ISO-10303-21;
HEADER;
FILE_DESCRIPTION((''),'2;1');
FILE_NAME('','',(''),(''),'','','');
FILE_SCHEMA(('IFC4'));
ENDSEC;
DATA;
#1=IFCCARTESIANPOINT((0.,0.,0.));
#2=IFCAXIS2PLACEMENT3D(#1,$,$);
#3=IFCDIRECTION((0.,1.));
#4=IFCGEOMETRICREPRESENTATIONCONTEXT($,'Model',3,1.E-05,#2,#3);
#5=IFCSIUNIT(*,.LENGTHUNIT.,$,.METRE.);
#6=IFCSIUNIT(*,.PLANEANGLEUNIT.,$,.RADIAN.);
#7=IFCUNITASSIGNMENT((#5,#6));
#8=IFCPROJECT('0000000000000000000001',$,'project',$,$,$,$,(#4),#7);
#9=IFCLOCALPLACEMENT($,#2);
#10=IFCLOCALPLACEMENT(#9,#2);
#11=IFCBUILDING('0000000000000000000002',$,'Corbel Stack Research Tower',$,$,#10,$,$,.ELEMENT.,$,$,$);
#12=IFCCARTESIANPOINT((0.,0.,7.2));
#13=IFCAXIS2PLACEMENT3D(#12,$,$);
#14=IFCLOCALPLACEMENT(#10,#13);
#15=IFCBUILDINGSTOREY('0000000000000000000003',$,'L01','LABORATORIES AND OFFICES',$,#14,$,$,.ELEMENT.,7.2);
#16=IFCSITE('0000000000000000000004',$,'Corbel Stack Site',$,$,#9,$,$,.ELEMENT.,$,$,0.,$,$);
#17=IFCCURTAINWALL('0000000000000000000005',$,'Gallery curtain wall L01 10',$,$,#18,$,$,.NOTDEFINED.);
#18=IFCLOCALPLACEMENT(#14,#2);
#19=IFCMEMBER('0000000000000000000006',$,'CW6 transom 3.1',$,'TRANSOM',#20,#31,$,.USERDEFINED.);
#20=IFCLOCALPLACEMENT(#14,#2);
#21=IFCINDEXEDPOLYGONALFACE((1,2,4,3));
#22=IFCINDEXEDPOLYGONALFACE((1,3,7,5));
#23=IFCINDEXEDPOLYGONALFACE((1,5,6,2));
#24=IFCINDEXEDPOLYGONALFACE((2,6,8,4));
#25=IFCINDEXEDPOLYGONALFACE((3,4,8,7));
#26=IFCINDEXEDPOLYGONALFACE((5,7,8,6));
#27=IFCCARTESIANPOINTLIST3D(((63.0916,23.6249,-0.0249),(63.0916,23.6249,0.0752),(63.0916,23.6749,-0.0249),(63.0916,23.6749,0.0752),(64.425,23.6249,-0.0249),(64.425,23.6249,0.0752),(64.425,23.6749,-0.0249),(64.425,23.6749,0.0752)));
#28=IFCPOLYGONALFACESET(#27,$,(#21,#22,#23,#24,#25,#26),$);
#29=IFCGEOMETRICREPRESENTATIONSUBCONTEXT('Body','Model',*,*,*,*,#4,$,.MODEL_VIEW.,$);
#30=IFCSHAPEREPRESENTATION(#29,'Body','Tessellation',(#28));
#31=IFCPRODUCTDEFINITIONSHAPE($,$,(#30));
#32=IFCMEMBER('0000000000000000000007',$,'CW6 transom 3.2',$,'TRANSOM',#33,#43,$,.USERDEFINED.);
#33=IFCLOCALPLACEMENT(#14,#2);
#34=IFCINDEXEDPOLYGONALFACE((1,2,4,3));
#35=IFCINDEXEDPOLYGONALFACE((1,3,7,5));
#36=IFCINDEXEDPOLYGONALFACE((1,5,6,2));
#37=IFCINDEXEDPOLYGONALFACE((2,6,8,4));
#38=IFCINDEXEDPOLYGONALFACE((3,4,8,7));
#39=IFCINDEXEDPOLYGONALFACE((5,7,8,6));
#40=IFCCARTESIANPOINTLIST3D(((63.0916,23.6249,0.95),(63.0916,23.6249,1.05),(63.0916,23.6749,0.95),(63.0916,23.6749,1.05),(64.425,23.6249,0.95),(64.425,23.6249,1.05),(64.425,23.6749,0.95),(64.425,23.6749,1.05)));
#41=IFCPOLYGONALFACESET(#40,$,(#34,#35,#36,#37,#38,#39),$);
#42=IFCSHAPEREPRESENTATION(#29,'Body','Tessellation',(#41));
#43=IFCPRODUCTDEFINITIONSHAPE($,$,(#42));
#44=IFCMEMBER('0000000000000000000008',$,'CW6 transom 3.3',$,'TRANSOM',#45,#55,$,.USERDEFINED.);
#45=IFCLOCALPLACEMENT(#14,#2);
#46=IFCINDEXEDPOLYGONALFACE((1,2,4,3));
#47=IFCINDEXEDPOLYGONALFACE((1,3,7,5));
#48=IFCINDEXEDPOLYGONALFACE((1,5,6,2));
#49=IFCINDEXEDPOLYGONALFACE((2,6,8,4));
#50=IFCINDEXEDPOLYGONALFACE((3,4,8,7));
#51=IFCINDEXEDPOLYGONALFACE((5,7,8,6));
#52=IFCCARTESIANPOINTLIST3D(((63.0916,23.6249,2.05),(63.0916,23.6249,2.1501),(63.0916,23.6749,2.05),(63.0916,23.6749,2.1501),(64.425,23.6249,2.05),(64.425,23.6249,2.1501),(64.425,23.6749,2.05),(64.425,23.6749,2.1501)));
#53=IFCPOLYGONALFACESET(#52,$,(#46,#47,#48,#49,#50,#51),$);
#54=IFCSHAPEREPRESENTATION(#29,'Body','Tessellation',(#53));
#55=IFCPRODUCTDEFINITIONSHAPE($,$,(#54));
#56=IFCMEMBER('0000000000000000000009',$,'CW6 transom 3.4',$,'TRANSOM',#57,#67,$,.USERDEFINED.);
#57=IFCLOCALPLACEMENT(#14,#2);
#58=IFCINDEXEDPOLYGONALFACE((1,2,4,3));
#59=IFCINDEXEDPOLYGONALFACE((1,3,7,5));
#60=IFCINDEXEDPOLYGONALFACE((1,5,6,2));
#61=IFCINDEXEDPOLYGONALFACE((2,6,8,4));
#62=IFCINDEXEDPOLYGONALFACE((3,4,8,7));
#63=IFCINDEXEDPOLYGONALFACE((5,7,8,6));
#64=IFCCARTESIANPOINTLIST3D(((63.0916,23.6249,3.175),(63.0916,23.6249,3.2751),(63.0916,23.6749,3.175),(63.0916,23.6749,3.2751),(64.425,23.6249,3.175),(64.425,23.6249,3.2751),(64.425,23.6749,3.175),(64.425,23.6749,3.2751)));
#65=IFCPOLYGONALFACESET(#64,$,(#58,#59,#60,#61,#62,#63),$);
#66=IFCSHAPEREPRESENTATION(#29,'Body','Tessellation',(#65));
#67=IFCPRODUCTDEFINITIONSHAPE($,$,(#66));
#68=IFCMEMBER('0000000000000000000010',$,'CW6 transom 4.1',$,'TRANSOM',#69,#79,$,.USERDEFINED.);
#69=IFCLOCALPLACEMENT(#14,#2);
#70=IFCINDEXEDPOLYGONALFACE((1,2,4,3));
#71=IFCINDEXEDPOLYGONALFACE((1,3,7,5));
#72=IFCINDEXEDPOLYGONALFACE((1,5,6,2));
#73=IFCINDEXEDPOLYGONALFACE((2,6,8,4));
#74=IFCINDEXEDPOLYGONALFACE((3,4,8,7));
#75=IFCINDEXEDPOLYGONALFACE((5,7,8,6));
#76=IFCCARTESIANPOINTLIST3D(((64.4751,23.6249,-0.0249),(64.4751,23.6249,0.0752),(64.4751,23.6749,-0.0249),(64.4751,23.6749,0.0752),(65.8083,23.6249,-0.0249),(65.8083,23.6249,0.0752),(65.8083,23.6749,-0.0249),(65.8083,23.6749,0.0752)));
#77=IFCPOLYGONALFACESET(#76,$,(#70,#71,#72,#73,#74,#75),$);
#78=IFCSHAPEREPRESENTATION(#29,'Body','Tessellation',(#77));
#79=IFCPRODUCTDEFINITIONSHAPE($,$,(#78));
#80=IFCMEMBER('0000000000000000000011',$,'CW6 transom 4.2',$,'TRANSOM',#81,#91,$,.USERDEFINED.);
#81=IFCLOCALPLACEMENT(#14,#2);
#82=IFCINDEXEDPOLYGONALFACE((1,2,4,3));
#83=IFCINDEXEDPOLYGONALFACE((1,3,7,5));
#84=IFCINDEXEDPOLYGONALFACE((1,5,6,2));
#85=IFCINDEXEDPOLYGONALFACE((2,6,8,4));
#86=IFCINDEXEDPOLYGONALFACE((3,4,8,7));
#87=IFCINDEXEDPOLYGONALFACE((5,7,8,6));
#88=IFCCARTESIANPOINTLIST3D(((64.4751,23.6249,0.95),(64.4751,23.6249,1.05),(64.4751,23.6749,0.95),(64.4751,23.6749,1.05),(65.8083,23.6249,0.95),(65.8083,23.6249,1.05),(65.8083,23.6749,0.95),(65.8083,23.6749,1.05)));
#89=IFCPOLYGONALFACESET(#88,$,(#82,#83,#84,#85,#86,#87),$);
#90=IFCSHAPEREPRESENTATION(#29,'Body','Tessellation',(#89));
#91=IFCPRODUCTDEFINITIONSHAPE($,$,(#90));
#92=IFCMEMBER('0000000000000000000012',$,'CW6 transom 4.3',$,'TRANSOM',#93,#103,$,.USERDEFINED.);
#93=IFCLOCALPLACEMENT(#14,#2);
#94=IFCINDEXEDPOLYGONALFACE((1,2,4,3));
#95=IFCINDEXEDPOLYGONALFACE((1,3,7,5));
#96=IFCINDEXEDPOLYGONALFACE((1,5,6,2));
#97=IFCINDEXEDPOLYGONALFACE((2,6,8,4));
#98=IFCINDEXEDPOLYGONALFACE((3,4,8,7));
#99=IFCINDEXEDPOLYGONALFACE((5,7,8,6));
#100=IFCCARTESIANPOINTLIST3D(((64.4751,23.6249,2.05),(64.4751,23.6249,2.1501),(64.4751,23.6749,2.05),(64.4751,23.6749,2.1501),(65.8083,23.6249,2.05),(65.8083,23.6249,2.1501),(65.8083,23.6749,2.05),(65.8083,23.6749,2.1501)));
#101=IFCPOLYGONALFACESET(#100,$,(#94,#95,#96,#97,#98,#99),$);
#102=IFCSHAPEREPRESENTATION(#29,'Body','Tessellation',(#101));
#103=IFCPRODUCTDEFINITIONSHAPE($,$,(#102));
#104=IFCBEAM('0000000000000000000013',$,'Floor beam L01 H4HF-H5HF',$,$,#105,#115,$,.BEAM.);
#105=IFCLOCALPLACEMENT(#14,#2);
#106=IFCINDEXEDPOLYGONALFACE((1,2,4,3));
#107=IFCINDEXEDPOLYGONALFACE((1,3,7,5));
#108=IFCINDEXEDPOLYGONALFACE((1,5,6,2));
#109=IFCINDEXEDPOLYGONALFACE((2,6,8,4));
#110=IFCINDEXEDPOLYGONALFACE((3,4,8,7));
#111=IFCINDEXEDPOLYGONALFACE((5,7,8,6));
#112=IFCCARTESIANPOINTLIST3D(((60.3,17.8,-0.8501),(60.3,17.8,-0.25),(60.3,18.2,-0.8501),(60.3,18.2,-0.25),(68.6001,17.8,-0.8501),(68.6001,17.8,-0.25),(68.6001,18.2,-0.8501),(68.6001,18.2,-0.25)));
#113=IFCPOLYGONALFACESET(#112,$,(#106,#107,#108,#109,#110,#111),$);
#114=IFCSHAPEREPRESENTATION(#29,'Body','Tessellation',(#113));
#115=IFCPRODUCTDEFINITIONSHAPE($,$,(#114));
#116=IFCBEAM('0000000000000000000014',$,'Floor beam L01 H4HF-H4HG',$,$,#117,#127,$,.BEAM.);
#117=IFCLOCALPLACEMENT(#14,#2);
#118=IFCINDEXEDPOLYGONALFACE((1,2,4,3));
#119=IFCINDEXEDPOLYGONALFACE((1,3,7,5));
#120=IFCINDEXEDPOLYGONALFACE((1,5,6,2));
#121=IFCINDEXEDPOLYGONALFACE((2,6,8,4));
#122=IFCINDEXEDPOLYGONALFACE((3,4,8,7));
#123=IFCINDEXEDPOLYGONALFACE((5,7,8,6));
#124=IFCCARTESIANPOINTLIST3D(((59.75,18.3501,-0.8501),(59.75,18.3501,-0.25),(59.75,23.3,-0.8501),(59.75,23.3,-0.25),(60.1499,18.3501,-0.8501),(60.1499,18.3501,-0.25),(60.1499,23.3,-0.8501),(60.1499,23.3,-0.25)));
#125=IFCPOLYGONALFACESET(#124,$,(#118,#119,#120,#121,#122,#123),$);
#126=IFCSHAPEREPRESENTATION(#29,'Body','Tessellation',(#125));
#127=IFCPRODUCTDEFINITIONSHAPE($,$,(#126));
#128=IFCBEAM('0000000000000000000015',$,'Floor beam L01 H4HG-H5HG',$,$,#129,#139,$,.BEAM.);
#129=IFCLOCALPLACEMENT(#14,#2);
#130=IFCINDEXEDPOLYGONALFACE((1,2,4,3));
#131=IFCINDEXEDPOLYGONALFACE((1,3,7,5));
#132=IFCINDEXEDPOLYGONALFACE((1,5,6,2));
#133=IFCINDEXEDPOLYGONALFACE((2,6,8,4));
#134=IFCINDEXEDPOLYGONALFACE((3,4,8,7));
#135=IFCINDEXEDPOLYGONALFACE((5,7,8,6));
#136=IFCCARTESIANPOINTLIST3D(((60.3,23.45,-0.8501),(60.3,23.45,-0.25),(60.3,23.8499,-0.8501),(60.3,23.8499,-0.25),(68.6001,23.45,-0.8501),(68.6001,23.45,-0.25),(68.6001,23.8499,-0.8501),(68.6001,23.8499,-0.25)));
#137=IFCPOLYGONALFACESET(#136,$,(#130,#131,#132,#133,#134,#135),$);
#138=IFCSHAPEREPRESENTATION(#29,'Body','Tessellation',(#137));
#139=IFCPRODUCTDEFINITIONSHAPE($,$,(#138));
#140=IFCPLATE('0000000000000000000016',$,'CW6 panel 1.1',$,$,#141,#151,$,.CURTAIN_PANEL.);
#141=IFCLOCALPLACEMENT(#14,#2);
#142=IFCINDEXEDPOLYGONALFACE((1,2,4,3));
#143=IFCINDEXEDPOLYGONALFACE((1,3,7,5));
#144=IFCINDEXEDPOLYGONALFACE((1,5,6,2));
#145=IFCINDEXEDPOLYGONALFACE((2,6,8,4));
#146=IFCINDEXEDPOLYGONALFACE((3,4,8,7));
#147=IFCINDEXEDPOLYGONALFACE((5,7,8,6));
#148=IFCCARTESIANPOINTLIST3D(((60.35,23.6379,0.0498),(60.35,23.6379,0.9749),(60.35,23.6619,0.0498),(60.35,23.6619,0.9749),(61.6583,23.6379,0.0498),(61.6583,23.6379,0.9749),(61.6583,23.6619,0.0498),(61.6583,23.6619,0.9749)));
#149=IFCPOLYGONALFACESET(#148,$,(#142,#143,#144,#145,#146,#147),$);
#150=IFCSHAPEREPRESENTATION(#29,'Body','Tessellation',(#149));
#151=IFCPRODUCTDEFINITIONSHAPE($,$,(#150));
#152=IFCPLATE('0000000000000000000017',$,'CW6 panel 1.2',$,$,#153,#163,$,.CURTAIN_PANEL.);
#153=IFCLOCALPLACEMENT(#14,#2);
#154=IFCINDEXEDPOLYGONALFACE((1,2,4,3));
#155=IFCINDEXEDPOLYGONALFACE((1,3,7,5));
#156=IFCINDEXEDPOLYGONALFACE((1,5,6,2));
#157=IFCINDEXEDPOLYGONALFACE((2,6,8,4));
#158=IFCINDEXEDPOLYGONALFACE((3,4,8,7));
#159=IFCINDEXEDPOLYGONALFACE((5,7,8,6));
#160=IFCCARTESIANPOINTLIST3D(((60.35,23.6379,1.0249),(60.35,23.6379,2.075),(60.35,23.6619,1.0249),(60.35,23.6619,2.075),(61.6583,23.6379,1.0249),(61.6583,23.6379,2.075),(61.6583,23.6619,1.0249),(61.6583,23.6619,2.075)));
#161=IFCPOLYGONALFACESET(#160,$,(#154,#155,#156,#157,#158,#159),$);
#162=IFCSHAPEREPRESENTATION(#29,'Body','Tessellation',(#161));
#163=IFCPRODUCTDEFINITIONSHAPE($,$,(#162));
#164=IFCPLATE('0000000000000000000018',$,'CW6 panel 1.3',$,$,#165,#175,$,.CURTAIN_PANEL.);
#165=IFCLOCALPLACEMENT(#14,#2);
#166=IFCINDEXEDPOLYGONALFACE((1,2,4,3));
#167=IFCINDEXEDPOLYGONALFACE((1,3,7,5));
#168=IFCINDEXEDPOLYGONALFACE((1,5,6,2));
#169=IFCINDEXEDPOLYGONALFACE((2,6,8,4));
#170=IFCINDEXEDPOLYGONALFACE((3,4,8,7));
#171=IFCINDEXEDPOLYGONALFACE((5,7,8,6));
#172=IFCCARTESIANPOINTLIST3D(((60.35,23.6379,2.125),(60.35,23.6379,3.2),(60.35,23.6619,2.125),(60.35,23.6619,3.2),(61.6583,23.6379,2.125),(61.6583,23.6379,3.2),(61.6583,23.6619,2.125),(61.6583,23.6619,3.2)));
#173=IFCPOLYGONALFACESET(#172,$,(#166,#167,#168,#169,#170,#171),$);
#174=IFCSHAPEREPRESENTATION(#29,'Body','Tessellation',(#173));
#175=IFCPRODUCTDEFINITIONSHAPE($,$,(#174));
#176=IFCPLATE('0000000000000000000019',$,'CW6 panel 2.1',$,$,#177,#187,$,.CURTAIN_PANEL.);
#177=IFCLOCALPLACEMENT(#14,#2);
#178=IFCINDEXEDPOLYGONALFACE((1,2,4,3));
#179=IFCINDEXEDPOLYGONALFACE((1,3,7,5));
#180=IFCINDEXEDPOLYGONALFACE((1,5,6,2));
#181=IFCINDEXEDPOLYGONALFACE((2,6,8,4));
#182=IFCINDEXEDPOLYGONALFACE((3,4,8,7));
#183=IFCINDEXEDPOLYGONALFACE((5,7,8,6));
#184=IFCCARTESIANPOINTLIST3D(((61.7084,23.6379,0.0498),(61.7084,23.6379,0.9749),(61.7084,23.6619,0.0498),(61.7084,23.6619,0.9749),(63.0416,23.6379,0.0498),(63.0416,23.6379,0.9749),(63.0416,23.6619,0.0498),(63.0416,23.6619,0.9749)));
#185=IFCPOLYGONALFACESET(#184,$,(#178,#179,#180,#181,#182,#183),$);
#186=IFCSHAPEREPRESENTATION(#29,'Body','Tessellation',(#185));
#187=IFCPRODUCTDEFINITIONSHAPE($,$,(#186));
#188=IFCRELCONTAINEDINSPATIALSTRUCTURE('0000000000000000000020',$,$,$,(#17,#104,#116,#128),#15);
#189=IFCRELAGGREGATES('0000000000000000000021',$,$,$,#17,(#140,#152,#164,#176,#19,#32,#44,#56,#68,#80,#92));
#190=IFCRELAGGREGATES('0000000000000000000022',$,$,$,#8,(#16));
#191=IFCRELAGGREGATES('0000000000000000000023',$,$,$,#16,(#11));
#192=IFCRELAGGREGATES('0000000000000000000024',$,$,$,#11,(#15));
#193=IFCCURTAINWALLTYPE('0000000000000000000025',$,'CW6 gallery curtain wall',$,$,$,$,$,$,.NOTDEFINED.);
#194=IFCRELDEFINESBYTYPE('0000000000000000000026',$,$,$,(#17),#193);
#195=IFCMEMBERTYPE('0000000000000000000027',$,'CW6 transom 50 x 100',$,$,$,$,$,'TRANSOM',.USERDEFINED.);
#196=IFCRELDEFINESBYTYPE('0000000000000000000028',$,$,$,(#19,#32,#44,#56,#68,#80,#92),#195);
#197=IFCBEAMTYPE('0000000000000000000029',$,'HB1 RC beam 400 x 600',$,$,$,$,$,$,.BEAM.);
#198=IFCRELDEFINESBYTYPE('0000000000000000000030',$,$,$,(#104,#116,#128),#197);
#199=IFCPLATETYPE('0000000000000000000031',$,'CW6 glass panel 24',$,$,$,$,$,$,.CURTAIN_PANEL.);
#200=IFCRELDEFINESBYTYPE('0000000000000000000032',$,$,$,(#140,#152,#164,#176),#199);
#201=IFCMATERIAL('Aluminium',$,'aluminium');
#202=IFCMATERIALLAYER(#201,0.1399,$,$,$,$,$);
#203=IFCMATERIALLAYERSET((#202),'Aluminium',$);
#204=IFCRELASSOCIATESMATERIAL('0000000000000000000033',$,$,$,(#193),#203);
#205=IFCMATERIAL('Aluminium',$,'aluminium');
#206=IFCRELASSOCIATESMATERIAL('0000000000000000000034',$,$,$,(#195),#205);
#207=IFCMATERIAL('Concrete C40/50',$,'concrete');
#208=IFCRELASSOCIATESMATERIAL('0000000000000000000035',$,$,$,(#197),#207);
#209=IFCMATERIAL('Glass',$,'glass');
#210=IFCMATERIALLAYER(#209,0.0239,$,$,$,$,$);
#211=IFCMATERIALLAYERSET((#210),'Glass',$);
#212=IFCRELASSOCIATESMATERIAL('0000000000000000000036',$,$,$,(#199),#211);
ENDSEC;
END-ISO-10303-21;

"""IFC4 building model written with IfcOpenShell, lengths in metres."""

from ifc_helpers import new_model, si_unit, direction, frame, origin, origin_2d, place, context, subcontext, project, spatial, rectangle, extrude, material, layer, layer_set, material_profile, profile_set, type_object, element, aggregate, save


model = new_model("IFC4")

# Units and contexts
model_context = context("Model", 3, precision=1e-05, world=origin(), true_north=direction((0.0, 1.0)))
body_context = subcontext(model_context, "Body", "Model", "MODEL_VIEW")
ifc_project = project(units=[si_unit("LENGTHUNIT", "METRE"), si_unit("PLANEANGLEUNIT", "RADIAN")], contexts=[model_context])

# Site, building, storey
site_placement = place(None, origin())
site = spatial("IfcSite", under=ifc_project, at=site_placement, Name="Corbel Stack Site", CompositionType="ELEMENT", RefElevation=0.0)
building_placement = place(site_placement, origin())
building = spatial("IfcBuilding", under=site, at=building_placement, Name="Corbel Stack Research Tower", CompositionType="ELEMENT")
storey_placement = place(building_placement, frame((0.0, 0.0, 7.2)))
storey = spatial("IfcBuildingStorey", under=building, at=storey_placement, Name="L01", Description="LABORATORIES AND OFFICES", CompositionType="ELEMENT", Elevation=7.2)

# Shared definitions
ifc_material_1 = material(Name="Aluminium", Category="aluminium")
ifc_layer_1 = layer(ifc_material_1, 0.1399)
ifc_layer_set_1 = layer_set([ifc_layer_1], Name="Aluminium")
curtain_wall_type = type_object("IfcCurtainWallType", Name="CW6 gallery curtain wall", PredefinedType="NOTDEFINED", material=ifc_layer_set_1)

# Curtain wall, members
curtain_wall_1_placement = place(storey_placement, origin())
curtain_wall_1 = element("IfcCurtainWall", 1, at=curtain_wall_1_placement, inside=storey, type_object=curtain_wall_type, Name="Gallery curtain wall L01 10", PredefinedType="NOTDEFINED")
ifc_material_2 = material(Name="Aluminium", Category="aluminium")
ifc_material_profile_1 = material_profile(ifc_material_2, rectangle(XDim=0.05, YDim=0.1001, at=origin_2d()), Name="Transom 50 x 100")
ifc_profile_set_1 = profile_set([ifc_material_profile_1], Name="Aluminium")
member_type_1 = type_object("IfcMemberType", Name="CW6 transom 50 x 100", ElementType="TRANSOM", PredefinedType="USERDEFINED", material=ifc_profile_set_1)
member_1_placement = place(storey_placement, frame((63.0916, 23.6499, 0.0251), z_axis=(1.0, 0.0, 0.0), x_axis=(0.0, 1.0, 0.0)))
member_1 = element("IfcMember", 2, at=member_1_placement, type_object=member_type_1, Name="CW6 transom 3.1", ObjectType="TRANSOM", PredefinedType="USERDEFINED", context=body_context, shape_type="SweptSolid", body=[
    extrude(rectangle(XDim=0.05, YDim=0.1001, at=origin_2d()), origin(), (0.0, 0.0, 1.0), 1.3335),
])
member_2_placement = place(storey_placement, frame((63.0916, 23.6499, 1.0), z_axis=(1.0, 0.0, 0.0), x_axis=(0.0, 1.0, 0.0)))
member_2 = element("IfcMember", 3, at=member_2_placement, type_object=member_type_1, Name="CW6 transom 3.2", ObjectType="TRANSOM", PredefinedType="USERDEFINED", context=body_context, shape_type="SweptSolid", body=[
    extrude(rectangle(XDim=0.05, YDim=0.1001, at=origin_2d()), origin(), (0.0, 0.0, 1.0), 1.3335),
])
member_3_placement = place(storey_placement, frame((63.0916, 23.6499, 2.1001), z_axis=(1.0, 0.0, 0.0), x_axis=(0.0, 1.0, 0.0)))
member_3 = element("IfcMember", 4, at=member_3_placement, type_object=member_type_1, Name="CW6 transom 3.3", ObjectType="TRANSOM", PredefinedType="USERDEFINED", context=body_context, shape_type="SweptSolid", body=[
    extrude(rectangle(XDim=0.05, YDim=0.1001, at=origin_2d()), origin(), (0.0, 0.0, 1.0), 1.3335),
])
member_4_placement = place(storey_placement, frame((63.0916, 23.6499, 3.2251), z_axis=(1.0, 0.0, 0.0), x_axis=(0.0, 1.0, 0.0)))
member_4 = element("IfcMember", 5, at=member_4_placement, type_object=member_type_1, Name="CW6 transom 3.4", ObjectType="TRANSOM", PredefinedType="USERDEFINED", context=body_context, shape_type="SweptSolid", body=[
    extrude(rectangle(XDim=0.05, YDim=0.1001, at=origin_2d()), origin(), (0.0, 0.0, 1.0), 1.3335),
])
member_5_placement = place(storey_placement, frame((64.4751, 23.6499, 0.0251), z_axis=(1.0, 0.0, 0.0), x_axis=(0.0, 1.0, 0.0)))
member_5 = element("IfcMember", 6, at=member_5_placement, type_object=member_type_1, Name="CW6 transom 4.1", ObjectType="TRANSOM", PredefinedType="USERDEFINED", context=body_context, shape_type="SweptSolid", body=[
    extrude(rectangle(XDim=0.05, YDim=0.1001, at=origin_2d()), origin(), (0.0, 0.0, 1.0), 1.3333),
])
member_6_placement = place(storey_placement, frame((64.4751, 23.6499, 1.0), z_axis=(1.0, 0.0, 0.0), x_axis=(0.0, 1.0, 0.0)))
member_6 = element("IfcMember", 7, at=member_6_placement, type_object=member_type_1, Name="CW6 transom 4.2", ObjectType="TRANSOM", PredefinedType="USERDEFINED", context=body_context, shape_type="SweptSolid", body=[
    extrude(rectangle(XDim=0.05, YDim=0.1001, at=origin_2d()), origin(), (0.0, 0.0, 1.0), 1.3333),
])
member_7_placement = place(storey_placement, frame((64.4751, 23.6499, 2.1001), z_axis=(1.0, 0.0, 0.0), x_axis=(0.0, 1.0, 0.0)))
member_7 = element("IfcMember", 8, at=member_7_placement, type_object=member_type_1, Name="CW6 transom 4.3", ObjectType="TRANSOM", PredefinedType="USERDEFINED", context=body_context, shape_type="SweptSolid", body=[
    extrude(rectangle(XDim=0.05, YDim=0.1001, at=origin_2d()), origin(), (0.0, 0.0, 1.0), 1.3333),
])

# Beams
ifc_material_3 = material(Name="Concrete C40/50", Category="concrete")
ifc_material_profile_2 = material_profile(ifc_material_3, rectangle(XDim=0.3999, YDim=0.6001, at=origin_2d()), Name="RC 400 x 600")
ifc_profile_set_2 = profile_set([ifc_material_profile_2], Name="Concrete C40/50")
beam_type = type_object("IfcBeamType", Name="HB1 RC beam 400 x 600", PredefinedType="BEAM", material=ifc_profile_set_2)
beam_1_placement = place(storey_placement, frame((60.3, 18.0, -0.55), z_axis=(1.0, 0.0, 0.0), x_axis=(0.0, 1.0, 0.0)))
element("IfcBeam", 9, at=beam_1_placement, inside=storey, type_object=beam_type, Name="Floor beam L01 H4HF-H5HF", PredefinedType="BEAM", context=body_context, shape_type="SweptSolid", body=[
    extrude(rectangle(XDim=0.3999, YDim=0.6001, at=origin_2d()), origin(), (0.0, 0.0, 1.0), 8.3),
])
beam_2_placement = place(storey_placement, frame((59.95, 18.3501, -0.55), z_axis=(0.0, 1.0, 0.0), x_axis=(-1.0, 0.0, 0.0)))
element("IfcBeam", 10, at=beam_2_placement, inside=storey, type_object=beam_type, Name="Floor beam L01 H4HF-H4HG", PredefinedType="BEAM", context=body_context, shape_type="SweptSolid", body=[
    extrude(rectangle(XDim=0.3999, YDim=0.6001, at=origin_2d()), origin(), (0.0, 0.0, 1.0), 4.95),
])
beam_3_placement = place(storey_placement, frame((60.3, 23.6499, -0.55), z_axis=(1.0, 0.0, 0.0), x_axis=(0.0, 1.0, 0.0)))
element("IfcBeam", 11, at=beam_3_placement, inside=storey, type_object=beam_type, Name="Floor beam L01 H4HG-H5HG", PredefinedType="BEAM", context=body_context, shape_type="SweptSolid", body=[
    extrude(rectangle(XDim=0.3999, YDim=0.6001, at=origin_2d()), origin(), (0.0, 0.0, 1.0), 8.3),
])

# Plates
ifc_material_4 = material(Name="Glass", Category="glass")
ifc_layer_2 = layer(ifc_material_4, 0.0239)
ifc_layer_set_2 = layer_set([ifc_layer_2], Name="Glass")
plate_type = type_object("IfcPlateType", Name="CW6 glass panel 24", PredefinedType="CURTAIN_PANEL", material=ifc_layer_set_2)
plate_1_placement = place(storey_placement, frame((61.0042, 23.6499, 0.0498), z_axis=(0.0, 0.0, 1.0), x_axis=(1.0, 0.0, 0.0)))
plate_1 = element("IfcPlate", 12, at=plate_1_placement, type_object=plate_type, Name="CW6 panel 1.1", PredefinedType="CURTAIN_PANEL", context=body_context, shape_type="SweptSolid", body=[
    extrude(rectangle(XDim=1.3083, YDim=0.0239, at=origin_2d()), origin(), (0.0, 0.0, 1.0), 0.925),
])
plate_2_placement = place(storey_placement, frame((61.0042, 23.6499, 1.0249), z_axis=(0.0, 0.0, 1.0), x_axis=(1.0, 0.0, 0.0)))
plate_2 = element("IfcPlate", 13, at=plate_2_placement, type_object=plate_type, Name="CW6 panel 1.2", PredefinedType="CURTAIN_PANEL", context=body_context, shape_type="SweptSolid", body=[
    extrude(rectangle(XDim=1.3083, YDim=0.0239, at=origin_2d()), origin(), (0.0, 0.0, 1.0), 1.05),
])
plate_3_placement = place(storey_placement, frame((61.0042, 23.6499, 2.125), z_axis=(0.0, 0.0, 1.0), x_axis=(1.0, 0.0, 0.0)))
plate_3 = element("IfcPlate", 14, at=plate_3_placement, type_object=plate_type, Name="CW6 panel 1.3", PredefinedType="CURTAIN_PANEL", context=body_context, shape_type="SweptSolid", body=[
    extrude(rectangle(XDim=1.3083, YDim=0.0239, at=origin_2d()), origin(), (0.0, 0.0, 1.0), 1.075),
])
plate_4_placement = place(storey_placement, frame((62.375, 23.6499, 0.0498), z_axis=(0.0, 0.0, 1.0), x_axis=(1.0, 0.0, 0.0)))
plate_4 = element("IfcPlate", 15, at=plate_4_placement, type_object=plate_type, Name="CW6 panel 2.1", PredefinedType="CURTAIN_PANEL", context=body_context, shape_type="SweptSolid", body=[
    extrude(rectangle(XDim=1.3333, YDim=0.0239, at=origin_2d()), origin(), (0.0, 0.0, 1.0), 0.925),
])
aggregate(curtain_wall_1, [plate_1, plate_2, plate_3, plate_4, member_1, member_2, member_3, member_4, member_5, member_6, member_7])

save(model, "model.ifc")
